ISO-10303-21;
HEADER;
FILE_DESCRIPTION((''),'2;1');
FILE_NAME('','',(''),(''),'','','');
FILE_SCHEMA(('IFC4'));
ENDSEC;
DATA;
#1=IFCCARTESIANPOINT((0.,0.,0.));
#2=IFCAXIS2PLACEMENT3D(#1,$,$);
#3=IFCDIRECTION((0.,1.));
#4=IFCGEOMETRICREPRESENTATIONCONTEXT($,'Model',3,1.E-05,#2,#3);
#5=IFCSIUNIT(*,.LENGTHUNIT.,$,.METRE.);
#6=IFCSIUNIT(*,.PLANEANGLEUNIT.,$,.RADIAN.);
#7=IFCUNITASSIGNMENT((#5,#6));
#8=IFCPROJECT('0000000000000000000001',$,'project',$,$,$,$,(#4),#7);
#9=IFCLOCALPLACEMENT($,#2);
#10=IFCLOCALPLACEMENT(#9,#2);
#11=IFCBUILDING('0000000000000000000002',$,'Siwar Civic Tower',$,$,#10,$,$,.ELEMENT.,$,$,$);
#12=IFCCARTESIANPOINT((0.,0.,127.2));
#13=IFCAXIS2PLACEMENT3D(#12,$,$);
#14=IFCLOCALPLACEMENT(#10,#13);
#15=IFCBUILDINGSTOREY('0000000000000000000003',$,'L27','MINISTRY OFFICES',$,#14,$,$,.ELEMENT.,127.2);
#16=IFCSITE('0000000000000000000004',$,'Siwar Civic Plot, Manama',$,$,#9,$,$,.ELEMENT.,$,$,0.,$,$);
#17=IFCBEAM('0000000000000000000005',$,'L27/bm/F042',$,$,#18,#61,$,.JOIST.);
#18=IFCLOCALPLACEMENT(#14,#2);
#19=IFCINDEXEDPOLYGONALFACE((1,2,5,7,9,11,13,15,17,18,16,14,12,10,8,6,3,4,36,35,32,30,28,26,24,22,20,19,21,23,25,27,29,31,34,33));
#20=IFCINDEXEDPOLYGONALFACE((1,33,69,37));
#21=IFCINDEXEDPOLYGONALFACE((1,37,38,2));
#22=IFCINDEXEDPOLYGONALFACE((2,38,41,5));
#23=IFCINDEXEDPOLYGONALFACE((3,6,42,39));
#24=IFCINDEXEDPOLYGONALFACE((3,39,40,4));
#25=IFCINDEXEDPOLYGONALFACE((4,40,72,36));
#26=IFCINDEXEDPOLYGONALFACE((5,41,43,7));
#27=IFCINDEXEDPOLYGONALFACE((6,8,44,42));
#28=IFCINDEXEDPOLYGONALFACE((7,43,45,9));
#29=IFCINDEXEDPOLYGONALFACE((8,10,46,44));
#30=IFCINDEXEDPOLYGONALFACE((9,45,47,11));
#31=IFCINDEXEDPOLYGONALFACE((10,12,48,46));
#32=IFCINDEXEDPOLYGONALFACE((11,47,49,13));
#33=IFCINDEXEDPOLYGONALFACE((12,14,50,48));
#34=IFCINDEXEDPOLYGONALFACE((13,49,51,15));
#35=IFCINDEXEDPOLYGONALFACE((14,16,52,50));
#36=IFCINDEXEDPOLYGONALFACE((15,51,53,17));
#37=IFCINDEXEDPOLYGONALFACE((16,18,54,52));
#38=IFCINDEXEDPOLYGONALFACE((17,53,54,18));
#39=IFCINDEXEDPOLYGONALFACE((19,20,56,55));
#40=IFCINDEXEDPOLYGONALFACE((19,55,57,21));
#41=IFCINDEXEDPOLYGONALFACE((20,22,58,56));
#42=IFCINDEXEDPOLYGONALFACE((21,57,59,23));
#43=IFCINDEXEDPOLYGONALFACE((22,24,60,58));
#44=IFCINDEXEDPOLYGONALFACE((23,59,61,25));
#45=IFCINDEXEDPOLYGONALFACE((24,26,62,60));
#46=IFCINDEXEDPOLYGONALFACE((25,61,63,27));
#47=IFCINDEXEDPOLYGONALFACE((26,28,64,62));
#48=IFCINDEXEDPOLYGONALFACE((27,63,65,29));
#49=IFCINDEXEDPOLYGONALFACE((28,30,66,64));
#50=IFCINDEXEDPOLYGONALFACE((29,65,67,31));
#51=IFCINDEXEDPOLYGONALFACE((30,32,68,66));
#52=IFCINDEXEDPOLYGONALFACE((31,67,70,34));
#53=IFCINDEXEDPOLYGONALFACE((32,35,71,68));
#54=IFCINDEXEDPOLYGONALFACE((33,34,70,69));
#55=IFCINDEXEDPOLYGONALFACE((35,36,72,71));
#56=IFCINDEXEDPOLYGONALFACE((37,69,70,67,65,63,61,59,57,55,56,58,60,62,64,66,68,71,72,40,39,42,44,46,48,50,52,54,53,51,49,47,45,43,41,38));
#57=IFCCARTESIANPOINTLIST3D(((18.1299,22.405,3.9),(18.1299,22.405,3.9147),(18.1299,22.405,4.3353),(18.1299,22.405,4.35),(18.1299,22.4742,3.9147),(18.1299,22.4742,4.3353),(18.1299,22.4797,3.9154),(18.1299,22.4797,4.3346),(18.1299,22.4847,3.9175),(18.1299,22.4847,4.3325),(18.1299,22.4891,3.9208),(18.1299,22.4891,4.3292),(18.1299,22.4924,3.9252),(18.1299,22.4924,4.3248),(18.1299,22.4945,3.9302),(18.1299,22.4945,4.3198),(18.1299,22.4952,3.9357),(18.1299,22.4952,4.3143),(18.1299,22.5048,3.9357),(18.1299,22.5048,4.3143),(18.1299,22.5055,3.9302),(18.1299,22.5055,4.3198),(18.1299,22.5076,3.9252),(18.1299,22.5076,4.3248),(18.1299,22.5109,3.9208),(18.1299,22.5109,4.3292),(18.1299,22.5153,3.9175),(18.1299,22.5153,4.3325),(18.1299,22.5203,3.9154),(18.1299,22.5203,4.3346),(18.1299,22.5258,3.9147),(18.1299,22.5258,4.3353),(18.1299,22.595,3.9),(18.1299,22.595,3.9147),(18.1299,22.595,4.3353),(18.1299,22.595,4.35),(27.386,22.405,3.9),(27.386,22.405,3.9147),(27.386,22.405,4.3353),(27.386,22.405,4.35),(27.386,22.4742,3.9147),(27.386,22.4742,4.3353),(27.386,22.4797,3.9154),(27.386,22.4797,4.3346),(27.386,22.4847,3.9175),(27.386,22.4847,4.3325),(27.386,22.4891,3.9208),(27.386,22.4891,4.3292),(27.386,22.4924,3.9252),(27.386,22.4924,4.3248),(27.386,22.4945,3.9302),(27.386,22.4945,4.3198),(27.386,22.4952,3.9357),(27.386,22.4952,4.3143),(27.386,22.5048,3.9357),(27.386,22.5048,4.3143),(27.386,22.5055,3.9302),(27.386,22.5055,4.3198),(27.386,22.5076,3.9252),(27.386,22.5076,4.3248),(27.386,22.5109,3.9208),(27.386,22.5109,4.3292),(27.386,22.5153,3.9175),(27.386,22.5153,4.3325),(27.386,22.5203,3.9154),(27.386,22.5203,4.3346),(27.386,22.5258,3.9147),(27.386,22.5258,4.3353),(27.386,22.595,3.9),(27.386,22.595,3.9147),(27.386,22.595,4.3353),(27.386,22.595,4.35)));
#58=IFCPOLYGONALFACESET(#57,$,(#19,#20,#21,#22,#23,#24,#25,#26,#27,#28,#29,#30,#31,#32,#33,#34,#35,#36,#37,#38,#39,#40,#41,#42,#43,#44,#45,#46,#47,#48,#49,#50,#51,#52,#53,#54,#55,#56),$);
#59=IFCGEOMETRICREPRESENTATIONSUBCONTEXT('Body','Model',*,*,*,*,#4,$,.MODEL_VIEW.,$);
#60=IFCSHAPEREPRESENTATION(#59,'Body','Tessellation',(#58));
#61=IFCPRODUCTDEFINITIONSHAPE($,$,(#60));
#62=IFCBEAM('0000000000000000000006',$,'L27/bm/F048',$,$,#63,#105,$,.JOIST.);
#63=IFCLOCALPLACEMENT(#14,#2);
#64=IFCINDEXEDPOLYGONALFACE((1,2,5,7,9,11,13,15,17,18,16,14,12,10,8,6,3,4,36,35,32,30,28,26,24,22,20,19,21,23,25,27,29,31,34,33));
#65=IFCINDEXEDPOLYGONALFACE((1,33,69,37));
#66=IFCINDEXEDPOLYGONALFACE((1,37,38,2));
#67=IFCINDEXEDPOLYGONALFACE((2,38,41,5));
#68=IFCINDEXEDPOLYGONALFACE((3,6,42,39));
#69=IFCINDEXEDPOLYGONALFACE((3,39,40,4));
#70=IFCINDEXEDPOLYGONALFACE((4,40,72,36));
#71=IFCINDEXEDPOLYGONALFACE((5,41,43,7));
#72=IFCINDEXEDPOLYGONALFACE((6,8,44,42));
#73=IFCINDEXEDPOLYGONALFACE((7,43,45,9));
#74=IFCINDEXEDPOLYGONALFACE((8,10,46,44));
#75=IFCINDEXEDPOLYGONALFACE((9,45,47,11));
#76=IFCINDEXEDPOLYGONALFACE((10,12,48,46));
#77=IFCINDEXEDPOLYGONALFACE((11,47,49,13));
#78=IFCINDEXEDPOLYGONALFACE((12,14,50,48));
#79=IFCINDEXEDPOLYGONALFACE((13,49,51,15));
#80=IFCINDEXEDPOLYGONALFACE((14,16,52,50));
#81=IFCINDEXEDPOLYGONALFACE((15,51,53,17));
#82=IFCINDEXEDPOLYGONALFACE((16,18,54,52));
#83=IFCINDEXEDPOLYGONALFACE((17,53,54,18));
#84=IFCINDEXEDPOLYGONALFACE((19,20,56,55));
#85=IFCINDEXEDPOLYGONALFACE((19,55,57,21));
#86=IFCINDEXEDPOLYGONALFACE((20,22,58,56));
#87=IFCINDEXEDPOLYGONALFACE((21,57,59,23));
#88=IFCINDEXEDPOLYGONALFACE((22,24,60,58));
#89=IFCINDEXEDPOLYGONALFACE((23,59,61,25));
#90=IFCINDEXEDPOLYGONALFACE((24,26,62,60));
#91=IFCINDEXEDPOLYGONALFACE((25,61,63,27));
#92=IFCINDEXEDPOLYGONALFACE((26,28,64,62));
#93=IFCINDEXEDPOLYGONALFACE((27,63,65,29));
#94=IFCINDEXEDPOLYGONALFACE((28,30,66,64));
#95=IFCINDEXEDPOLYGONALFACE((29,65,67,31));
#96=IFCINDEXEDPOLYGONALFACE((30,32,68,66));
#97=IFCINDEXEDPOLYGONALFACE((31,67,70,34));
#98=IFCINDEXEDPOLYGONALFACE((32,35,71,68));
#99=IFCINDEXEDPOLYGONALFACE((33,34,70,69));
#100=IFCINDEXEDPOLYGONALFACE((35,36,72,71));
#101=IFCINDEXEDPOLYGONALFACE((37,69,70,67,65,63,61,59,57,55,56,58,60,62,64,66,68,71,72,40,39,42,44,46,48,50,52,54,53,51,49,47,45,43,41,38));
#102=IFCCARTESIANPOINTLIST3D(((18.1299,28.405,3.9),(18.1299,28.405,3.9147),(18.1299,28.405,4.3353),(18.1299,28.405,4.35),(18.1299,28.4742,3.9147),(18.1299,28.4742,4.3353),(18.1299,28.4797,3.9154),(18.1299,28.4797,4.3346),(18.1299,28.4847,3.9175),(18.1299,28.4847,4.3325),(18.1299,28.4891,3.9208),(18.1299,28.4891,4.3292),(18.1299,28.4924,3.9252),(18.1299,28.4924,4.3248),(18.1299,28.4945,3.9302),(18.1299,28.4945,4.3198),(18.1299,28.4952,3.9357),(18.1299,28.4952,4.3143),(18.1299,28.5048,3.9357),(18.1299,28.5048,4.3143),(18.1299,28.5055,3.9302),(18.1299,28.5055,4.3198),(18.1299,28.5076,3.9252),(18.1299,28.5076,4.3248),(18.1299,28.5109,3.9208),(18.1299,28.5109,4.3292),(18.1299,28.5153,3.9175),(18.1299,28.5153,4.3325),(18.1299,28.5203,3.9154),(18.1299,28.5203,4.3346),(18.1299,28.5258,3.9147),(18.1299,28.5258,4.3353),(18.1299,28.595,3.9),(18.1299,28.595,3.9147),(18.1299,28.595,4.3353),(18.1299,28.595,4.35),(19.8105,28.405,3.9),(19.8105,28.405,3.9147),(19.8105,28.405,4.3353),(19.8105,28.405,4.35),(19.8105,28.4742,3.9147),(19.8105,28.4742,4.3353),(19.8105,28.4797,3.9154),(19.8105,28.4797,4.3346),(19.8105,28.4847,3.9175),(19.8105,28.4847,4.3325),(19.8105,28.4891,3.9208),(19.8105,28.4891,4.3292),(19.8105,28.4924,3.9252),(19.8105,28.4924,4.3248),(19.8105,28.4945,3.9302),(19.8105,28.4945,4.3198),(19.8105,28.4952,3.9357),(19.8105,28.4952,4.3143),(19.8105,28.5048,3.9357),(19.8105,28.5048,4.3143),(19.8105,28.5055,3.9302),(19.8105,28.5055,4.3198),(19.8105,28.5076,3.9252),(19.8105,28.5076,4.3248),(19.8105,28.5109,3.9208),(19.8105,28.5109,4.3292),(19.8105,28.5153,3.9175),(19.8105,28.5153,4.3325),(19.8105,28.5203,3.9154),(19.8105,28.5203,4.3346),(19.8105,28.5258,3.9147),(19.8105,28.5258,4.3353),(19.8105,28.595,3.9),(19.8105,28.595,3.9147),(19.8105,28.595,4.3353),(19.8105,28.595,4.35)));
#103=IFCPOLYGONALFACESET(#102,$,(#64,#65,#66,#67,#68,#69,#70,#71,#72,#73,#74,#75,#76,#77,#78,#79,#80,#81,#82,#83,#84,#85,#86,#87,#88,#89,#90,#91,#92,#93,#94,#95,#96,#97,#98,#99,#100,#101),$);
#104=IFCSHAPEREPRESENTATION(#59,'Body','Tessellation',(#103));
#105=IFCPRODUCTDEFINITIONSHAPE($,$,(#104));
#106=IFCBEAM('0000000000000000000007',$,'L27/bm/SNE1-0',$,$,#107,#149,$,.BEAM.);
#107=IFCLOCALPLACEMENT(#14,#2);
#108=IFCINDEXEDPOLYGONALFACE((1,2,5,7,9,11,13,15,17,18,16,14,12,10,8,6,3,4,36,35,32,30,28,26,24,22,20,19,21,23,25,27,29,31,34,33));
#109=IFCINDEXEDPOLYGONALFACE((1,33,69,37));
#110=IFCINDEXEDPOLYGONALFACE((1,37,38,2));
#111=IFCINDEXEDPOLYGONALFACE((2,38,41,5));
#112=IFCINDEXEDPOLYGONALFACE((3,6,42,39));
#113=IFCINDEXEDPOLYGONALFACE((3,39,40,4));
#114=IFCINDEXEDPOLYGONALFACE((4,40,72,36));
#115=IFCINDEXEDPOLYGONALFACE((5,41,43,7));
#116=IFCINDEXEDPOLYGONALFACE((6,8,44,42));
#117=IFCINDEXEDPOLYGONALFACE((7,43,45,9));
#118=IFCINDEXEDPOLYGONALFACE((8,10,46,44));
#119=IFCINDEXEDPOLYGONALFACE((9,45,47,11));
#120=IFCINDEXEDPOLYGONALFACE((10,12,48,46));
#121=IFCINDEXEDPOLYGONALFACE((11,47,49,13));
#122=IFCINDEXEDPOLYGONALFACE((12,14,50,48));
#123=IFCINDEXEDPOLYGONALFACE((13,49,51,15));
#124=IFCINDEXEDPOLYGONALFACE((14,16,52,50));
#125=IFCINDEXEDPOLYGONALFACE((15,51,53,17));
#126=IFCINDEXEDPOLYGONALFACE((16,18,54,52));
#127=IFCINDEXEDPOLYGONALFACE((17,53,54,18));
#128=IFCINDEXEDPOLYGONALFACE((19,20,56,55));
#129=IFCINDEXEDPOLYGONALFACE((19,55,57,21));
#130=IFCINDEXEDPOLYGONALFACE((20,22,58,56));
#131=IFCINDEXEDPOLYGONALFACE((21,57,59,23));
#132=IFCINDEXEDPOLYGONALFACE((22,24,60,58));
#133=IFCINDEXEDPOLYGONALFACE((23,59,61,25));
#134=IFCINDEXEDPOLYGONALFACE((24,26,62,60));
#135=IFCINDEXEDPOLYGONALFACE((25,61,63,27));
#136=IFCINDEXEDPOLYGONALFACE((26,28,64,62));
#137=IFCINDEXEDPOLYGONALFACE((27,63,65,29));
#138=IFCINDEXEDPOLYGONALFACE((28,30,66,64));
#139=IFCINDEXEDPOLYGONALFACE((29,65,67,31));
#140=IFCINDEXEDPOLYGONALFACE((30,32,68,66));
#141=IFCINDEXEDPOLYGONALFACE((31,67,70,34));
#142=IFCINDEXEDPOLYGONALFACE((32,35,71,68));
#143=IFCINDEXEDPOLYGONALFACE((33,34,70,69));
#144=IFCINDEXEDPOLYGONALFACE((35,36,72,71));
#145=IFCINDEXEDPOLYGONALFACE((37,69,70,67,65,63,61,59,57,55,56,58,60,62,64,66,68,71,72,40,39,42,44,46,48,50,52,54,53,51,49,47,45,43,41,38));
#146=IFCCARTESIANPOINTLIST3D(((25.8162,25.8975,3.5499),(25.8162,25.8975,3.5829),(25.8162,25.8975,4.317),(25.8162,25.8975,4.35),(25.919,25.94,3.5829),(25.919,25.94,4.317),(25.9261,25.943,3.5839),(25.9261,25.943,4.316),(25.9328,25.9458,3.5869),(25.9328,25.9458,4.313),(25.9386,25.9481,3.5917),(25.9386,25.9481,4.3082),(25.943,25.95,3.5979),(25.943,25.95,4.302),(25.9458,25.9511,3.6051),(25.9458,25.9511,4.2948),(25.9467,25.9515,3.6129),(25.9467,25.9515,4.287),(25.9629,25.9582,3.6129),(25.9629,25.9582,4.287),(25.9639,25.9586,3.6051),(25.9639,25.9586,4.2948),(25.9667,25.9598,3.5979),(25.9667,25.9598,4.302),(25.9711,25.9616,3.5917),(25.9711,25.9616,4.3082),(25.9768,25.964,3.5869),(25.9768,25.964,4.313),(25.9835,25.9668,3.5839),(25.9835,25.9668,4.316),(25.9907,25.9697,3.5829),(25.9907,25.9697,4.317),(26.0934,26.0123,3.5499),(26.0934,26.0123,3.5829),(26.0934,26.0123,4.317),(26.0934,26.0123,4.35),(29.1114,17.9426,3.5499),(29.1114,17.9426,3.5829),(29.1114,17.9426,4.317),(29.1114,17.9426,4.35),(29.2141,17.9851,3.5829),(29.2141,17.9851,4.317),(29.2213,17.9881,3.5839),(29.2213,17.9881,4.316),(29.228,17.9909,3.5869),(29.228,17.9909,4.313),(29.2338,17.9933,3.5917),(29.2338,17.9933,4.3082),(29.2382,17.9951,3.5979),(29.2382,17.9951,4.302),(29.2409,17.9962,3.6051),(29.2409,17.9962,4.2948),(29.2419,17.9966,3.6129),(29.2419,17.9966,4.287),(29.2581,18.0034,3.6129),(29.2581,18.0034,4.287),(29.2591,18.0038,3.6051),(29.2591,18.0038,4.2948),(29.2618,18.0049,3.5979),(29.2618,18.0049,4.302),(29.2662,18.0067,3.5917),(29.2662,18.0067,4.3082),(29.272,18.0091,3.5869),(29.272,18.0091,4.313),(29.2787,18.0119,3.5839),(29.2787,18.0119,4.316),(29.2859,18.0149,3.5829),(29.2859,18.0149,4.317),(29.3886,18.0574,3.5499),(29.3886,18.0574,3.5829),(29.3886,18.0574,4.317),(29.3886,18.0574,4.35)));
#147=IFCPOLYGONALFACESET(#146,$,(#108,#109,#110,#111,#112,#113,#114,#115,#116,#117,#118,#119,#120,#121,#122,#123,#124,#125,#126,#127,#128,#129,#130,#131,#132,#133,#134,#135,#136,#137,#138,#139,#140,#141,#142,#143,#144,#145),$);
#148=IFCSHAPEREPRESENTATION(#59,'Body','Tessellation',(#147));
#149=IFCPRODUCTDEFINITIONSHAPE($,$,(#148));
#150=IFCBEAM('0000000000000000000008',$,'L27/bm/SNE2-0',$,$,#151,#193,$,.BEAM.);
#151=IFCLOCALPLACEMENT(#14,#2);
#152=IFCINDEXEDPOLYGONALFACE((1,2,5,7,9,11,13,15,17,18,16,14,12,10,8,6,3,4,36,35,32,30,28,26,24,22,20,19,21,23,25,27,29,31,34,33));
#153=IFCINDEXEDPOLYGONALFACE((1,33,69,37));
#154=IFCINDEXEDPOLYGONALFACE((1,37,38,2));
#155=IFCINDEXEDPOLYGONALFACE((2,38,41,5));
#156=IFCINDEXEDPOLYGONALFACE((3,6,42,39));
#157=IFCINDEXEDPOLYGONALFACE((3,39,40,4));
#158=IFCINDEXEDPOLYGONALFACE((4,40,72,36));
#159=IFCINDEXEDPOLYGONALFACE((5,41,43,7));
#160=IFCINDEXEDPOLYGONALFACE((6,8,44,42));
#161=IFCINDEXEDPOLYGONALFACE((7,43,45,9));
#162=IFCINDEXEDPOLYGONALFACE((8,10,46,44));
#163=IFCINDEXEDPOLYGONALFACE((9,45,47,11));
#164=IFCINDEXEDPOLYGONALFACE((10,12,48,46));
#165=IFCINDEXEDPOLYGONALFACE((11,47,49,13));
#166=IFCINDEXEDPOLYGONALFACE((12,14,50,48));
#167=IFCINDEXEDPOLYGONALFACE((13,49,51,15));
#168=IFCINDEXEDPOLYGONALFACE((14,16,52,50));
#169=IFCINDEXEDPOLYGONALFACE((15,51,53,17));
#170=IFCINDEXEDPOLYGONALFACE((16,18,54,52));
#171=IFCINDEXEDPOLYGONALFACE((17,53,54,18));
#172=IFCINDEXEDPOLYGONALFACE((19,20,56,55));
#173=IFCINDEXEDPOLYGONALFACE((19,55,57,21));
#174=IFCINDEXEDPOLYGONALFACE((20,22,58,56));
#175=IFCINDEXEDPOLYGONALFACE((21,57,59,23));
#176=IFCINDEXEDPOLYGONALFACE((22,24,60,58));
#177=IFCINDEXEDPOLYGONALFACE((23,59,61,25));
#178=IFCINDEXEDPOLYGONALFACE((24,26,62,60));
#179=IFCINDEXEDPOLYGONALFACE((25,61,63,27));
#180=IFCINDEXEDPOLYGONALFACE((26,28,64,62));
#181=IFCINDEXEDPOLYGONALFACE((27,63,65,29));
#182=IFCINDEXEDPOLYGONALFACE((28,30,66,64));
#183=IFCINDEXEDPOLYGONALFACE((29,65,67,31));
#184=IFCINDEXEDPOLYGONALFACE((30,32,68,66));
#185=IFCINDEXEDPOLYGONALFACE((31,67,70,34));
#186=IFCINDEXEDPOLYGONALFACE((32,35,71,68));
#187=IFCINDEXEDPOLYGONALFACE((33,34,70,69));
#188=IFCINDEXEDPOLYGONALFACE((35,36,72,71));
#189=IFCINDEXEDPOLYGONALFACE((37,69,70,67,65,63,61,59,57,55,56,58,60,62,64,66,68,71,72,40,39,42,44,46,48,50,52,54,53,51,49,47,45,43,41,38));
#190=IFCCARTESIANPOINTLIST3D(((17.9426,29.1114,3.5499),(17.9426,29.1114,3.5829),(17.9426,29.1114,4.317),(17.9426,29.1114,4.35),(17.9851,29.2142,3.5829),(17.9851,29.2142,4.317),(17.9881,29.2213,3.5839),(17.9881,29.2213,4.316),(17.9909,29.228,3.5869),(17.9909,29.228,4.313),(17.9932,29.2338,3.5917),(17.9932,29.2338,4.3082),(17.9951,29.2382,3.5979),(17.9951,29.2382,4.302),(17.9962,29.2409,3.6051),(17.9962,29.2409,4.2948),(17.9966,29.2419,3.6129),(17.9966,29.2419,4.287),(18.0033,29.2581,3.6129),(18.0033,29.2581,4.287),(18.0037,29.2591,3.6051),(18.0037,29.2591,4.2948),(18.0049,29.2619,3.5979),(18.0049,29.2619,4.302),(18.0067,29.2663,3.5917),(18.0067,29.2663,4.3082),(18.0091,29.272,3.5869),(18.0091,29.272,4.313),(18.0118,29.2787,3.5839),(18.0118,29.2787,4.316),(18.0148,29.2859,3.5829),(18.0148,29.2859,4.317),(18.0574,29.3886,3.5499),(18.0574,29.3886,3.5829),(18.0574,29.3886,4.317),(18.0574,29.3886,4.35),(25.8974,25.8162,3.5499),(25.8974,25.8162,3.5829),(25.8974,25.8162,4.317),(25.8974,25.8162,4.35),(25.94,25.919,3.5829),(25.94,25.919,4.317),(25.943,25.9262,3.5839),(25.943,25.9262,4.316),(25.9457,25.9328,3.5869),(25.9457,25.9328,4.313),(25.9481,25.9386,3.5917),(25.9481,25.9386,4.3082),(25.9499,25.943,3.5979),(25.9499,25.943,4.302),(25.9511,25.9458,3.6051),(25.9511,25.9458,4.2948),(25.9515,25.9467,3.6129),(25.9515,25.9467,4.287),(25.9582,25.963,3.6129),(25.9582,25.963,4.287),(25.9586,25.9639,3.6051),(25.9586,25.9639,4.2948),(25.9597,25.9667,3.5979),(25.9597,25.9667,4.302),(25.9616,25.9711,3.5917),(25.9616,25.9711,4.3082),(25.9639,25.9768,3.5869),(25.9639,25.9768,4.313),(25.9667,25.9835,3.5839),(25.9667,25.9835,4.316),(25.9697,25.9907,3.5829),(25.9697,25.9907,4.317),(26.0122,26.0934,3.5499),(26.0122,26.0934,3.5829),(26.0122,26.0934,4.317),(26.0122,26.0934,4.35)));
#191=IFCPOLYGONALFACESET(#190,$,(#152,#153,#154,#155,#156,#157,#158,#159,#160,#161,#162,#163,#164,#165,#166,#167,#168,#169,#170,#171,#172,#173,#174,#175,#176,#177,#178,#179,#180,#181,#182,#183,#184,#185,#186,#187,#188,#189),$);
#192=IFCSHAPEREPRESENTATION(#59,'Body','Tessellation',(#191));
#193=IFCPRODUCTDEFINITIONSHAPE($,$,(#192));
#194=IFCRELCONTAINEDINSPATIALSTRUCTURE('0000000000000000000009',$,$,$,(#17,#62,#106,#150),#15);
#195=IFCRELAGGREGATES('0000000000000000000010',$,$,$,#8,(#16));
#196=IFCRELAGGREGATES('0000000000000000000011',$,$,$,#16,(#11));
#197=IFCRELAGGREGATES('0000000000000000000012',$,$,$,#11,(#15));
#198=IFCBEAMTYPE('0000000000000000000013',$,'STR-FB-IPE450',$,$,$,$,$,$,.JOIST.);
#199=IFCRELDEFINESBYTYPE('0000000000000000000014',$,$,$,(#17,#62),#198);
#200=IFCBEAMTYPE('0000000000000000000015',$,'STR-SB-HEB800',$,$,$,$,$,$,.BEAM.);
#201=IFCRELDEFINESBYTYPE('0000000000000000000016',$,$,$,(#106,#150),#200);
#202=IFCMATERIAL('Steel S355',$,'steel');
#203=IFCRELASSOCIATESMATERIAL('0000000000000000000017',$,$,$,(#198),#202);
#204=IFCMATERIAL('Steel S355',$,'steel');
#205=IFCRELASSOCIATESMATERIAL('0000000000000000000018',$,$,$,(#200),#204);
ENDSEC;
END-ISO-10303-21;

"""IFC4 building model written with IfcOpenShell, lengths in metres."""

from ifc_helpers import new_model, si_unit, direction, frame, origin, origin_2d, place, context, subcontext, project, spatial, i_section, extrude, material, material_profile, profile_set, type_object, element, save


model = new_model("IFC4")

# Units and contexts
model_context = context("Model", 3, precision=1e-05, world=origin(), true_north=direction((0.0, 1.0)))
body_context = subcontext(model_context, "Body", "Model", "MODEL_VIEW")
ifc_project = project(units=[si_unit("LENGTHUNIT", "METRE"), si_unit("PLANEANGLEUNIT", "RADIAN")], contexts=[model_context])

# Site, building, storey
site_placement = place(None, origin())
site = spatial("IfcSite", under=ifc_project, at=site_placement, Name="Siwar Civic Plot, Manama", CompositionType="ELEMENT", RefElevation=0.0)
building_placement = place(site_placement, origin())
building = spatial("IfcBuilding", under=site, at=building_placement, Name="Siwar Civic Tower", CompositionType="ELEMENT")
storey_placement = place(building_placement, frame((0.0, 0.0, 127.2)))
storey = spatial("IfcBuildingStorey", under=building, at=storey_placement, Name="L27", Description="MINISTRY OFFICES", CompositionType="ELEMENT", Elevation=127.2)

# Beams
ifc_material_1 = material(Name="Steel S355", Category="steel")
ifc_material_profile_1 = material_profile(ifc_material_1, i_section(OverallWidth=0.1899, OverallDepth=0.45, WebThickness=0.0095, FlangeThickness=0.0146, FilletRadius=0.021, at=origin_2d()), Name="IPE450")
ifc_profile_set_1 = profile_set([ifc_material_profile_1], Name="Steel S355")
beam_type_1 = type_object("IfcBeamType", Name="STR-FB-IPE450", PredefinedType="JOIST", material=ifc_profile_set_1)
beam_1_placement = place(storey_placement, frame((18.1299, 22.5, 4.125), z_axis=(1.0, 0.0, 0.0), x_axis=(0.0, 1.0, 0.0)))
element("IfcBeam", 1, at=beam_1_placement, inside=storey, type_object=beam_type_1, Name="L27/bm/F042", PredefinedType="JOIST", context=body_context, shape_type="SweptSolid", body=[
    extrude(i_section(OverallWidth=0.1899, OverallDepth=0.45, WebThickness=0.0095, FlangeThickness=0.0146, FilletRadius=0.021, at=origin_2d()), origin(), (0.0, 0.0, 1.0), 9.2561),
])
beam_2_placement = place(storey_placement, frame((18.1299, 28.5, 4.125), z_axis=(1.0, 0.0, 0.0), x_axis=(0.0, 1.0, 0.0)))
element("IfcBeam", 2, at=beam_2_placement, inside=storey, type_object=beam_type_1, Name="L27/bm/F048", PredefinedType="JOIST", context=body_context, shape_type="SweptSolid", body=[
    extrude(i_section(OverallWidth=0.1899, OverallDepth=0.45, WebThickness=0.0095, FlangeThickness=0.0146, FilletRadius=0.021, at=origin_2d()), origin(), (0.0, 0.0, 1.0), 1.6807),
])
ifc_material_2 = material(Name="Steel S355", Category="steel")
ifc_material_profile_2 = material_profile(ifc_material_2, i_section(OverallWidth=0.3, OverallDepth=0.8, WebThickness=0.0176, FlangeThickness=0.033, FilletRadius=0.03, at=origin_2d()), Name="HEB800")
ifc_profile_set_2 = profile_set([ifc_material_profile_2], Name="Steel S355")
beam_type_2 = type_object("IfcBeamType", Name="STR-SB-HEB800", PredefinedType="BEAM", material=ifc_profile_set_2)
for number, where, z_axis, x_axis, name in (
    (3, (29.25, 18.0, 3.95), (-0.3827, 0.923873, 0.0), (-0.923873, -0.3827, 0.0), "L27/bm/SNE1-0"),
    (4, (25.9548, 25.9548, 3.95), (-0.923873, 0.3827, 0.0), (-0.3827, -0.923873, 0.0), "L27/bm/SNE2-0"),
):
    element("IfcBeam", number, at=place(storey_placement, frame(where, z_axis=z_axis, x_axis=x_axis)), inside=storey, type_object=beam_type_2, Name=name, PredefinedType="BEAM", context=body_context, shape_type="SweptSolid", body=[
        extrude(i_section(OverallWidth=0.3, OverallDepth=0.8, WebThickness=0.0176, FlangeThickness=0.033, FilletRadius=0.03, at=origin_2d()), origin(), (0.0, 0.0, 1.0), 8.6104),
    ])

save(model, "model.ifc")
